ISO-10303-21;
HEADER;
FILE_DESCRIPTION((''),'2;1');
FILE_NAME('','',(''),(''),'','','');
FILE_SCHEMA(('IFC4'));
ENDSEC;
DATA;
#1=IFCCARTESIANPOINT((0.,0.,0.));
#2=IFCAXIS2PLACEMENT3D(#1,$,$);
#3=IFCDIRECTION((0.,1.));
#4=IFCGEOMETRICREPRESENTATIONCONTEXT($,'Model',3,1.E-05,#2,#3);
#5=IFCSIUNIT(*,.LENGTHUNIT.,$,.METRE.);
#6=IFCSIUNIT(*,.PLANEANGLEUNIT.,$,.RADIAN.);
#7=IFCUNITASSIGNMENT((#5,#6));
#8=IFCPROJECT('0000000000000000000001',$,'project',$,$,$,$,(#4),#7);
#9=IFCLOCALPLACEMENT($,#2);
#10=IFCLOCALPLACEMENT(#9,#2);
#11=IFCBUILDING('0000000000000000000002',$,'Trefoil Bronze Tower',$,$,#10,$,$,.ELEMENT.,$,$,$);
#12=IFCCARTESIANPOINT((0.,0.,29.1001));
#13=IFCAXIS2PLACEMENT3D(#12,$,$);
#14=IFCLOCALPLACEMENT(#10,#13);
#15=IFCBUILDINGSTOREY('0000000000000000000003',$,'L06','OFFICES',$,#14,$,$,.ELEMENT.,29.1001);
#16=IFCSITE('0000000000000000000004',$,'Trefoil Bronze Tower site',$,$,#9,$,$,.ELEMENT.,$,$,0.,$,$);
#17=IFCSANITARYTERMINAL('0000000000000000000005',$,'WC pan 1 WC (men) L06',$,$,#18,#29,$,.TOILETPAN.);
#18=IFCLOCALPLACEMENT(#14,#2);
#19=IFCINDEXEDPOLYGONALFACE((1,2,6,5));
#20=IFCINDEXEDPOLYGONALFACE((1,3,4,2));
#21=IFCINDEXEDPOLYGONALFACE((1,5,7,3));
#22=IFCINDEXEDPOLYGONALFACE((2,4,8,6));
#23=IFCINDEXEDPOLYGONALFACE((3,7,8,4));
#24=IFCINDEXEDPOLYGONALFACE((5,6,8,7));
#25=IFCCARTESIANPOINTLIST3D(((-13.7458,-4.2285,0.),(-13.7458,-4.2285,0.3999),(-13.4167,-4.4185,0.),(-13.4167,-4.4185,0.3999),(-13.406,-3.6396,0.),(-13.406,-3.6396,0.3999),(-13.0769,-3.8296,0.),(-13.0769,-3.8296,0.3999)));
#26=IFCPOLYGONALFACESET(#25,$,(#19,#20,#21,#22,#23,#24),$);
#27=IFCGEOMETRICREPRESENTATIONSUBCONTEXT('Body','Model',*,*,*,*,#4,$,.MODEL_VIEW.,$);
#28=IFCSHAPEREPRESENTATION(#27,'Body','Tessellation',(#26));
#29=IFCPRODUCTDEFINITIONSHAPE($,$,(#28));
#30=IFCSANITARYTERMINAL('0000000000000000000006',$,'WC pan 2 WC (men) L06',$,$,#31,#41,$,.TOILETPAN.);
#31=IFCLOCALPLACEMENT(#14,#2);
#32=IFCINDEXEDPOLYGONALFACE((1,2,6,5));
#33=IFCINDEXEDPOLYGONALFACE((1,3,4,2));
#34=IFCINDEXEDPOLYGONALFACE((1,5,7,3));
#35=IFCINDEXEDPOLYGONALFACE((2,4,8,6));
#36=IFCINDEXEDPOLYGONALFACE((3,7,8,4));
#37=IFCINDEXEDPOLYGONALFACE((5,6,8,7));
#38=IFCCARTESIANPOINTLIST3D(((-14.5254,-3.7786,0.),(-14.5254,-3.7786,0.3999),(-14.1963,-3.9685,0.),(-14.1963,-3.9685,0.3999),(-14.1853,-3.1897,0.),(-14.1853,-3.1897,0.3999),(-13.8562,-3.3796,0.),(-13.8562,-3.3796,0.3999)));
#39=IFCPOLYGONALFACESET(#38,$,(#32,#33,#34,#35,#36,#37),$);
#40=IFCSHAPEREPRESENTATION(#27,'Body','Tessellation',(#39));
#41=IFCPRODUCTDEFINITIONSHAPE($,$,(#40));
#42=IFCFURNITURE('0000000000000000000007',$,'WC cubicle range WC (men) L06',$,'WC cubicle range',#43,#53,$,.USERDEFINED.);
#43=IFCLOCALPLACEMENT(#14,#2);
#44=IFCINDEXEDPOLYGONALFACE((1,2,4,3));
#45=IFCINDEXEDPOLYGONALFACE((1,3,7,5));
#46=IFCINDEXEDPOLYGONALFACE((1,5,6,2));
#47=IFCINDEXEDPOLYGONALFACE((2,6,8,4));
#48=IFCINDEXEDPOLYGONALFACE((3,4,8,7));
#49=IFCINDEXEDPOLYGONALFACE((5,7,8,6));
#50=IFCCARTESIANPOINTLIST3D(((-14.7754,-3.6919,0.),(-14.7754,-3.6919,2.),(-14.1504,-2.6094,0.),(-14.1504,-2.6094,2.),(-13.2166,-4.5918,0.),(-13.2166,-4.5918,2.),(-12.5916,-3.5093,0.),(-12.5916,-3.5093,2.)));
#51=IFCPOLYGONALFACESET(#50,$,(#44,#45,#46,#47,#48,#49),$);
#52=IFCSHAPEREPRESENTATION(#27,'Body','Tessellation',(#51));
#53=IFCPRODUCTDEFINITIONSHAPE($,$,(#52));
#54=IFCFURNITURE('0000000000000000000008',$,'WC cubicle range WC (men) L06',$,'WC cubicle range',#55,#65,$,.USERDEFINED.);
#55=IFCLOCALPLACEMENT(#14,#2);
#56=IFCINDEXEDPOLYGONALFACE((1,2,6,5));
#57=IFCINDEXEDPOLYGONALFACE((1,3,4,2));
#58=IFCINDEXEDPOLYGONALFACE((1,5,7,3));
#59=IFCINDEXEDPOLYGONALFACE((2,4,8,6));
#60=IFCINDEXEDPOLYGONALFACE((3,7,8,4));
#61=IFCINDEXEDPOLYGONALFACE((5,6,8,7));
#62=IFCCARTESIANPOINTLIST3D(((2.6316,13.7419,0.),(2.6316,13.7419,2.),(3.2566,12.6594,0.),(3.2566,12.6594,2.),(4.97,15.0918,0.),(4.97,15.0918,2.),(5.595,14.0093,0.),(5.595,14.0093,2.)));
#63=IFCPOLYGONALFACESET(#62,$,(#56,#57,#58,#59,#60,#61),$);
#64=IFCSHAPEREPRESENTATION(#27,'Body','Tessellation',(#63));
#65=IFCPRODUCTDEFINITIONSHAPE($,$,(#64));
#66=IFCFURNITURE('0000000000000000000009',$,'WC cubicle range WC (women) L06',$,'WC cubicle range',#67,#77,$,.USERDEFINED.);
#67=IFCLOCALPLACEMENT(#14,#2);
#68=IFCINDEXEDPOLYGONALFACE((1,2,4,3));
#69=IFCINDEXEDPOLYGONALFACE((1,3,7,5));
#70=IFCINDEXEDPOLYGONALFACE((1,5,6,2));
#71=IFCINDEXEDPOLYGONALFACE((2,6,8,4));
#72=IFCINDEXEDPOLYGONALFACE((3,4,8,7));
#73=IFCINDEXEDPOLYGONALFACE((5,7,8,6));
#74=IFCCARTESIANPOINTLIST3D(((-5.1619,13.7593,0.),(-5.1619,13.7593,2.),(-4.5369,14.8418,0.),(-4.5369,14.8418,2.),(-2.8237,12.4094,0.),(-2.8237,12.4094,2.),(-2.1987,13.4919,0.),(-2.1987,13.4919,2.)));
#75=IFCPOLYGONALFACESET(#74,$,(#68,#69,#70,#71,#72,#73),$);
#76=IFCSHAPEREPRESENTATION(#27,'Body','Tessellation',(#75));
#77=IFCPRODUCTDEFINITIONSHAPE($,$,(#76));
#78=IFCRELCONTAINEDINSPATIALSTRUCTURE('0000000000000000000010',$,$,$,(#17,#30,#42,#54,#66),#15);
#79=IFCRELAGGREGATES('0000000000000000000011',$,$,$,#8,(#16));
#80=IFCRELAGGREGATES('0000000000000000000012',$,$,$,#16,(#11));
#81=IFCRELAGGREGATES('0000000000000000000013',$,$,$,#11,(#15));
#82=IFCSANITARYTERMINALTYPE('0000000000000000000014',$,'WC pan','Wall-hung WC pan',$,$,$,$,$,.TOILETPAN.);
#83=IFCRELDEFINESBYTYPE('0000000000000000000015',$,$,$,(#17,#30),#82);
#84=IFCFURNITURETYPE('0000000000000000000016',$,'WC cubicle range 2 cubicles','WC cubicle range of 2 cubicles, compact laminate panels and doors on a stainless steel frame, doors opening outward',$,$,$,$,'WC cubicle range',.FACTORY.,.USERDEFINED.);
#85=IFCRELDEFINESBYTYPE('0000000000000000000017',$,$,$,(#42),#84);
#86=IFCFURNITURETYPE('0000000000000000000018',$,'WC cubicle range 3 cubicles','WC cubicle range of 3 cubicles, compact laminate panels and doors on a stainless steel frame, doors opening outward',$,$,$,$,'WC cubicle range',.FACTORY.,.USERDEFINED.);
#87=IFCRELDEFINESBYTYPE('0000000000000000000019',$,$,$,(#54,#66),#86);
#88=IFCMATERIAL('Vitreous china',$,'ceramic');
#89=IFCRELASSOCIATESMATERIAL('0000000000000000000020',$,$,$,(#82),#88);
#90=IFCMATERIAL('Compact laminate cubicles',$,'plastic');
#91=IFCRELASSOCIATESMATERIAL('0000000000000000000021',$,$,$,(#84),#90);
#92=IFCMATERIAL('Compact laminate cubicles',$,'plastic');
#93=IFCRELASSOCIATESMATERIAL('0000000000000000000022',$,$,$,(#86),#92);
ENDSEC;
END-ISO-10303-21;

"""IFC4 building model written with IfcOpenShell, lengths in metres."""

from ifc_helpers import new_model, si_unit, direction, frame, origin, place, context, subcontext, project, spatial, polyline, outline, extrude, material, type_object, element, save


model = new_model("IFC4")

# Units and contexts
model_context = context("Model", 3, precision=1e-05, world=origin(), true_north=direction((0.0, 1.0)))
body_context = subcontext(model_context, "Body", "Model", "MODEL_VIEW")
ifc_project = project(units=[si_unit("LENGTHUNIT", "METRE"), si_unit("PLANEANGLEUNIT", "RADIAN")], contexts=[model_context])

# Site, building, storey
site_placement = place(None, origin())
site = spatial("IfcSite", under=ifc_project, at=site_placement, Name="Trefoil Bronze Tower site", CompositionType="ELEMENT", RefElevation=0.0)
building_placement = place(site_placement, origin())
building = spatial("IfcBuilding", under=site, at=building_placement, Name="Trefoil Bronze Tower", CompositionType="ELEMENT")
storey_placement = place(building_placement, frame((0.0, 0.0, 29.1001)))
storey = spatial("IfcBuildingStorey", under=building, at=storey_placement, Name="L06", Description="OFFICES", CompositionType="ELEMENT", Elevation=29.1001)

# Sanitary terminals
ifc_material_1 = material(Name="Vitreous china", Category="ceramic")
sanitary_terminal_type_1 = type_object("IfcSanitaryTerminalType", Name="WC pan", Description="Wall-hung WC pan", PredefinedType="TOILETPAN", material=ifc_material_1)
sanitary_terminal_1_placement = place(storey_placement, origin())
element("IfcSanitaryTerminal", 1, at=sanitary_terminal_1_placement, inside=storey, type_object=sanitary_terminal_type_1, Name="WC pan 1 WC (men) L06", PredefinedType="TOILETPAN", context=body_context, shape_type="SweptSolid", body=[
    extrude(outline(polyline([(-13.0769, -3.8296), (-13.4167, -4.4185), (-13.7458, -4.2285), (-13.406, -3.6396), (-13.0769, -3.8296)])), origin(), (0.0, 0.0, 1.0), 0.3999),
])
sanitary_terminal_2_placement = place(storey_placement, origin())
element("IfcSanitaryTerminal", 2, at=sanitary_terminal_2_placement, inside=storey, type_object=sanitary_terminal_type_1, Name="WC pan 2 WC (men) L06", PredefinedType="TOILETPAN", context=body_context, shape_type="SweptSolid", body=[
    extrude(outline(polyline([(-13.8562, -3.3796), (-14.1963, -3.9685), (-14.5254, -3.7786), (-14.1853, -3.1897), (-13.8562, -3.3796)])), origin(), (0.0, 0.0, 1.0), 0.3999),
])

# Furniture
ifc_material_2 = material(Name="Compact laminate cubicles", Category="plastic")
furniture_type_1 = type_object("IfcFurnitureType", Name="WC cubicle range 2 cubicles", Description="WC cubicle range of 2 cubicles, compact laminate panels and doors on a stainless steel frame, doors opening outward", ElementType="WC cubicle range", AssemblyPlace="FACTORY", PredefinedType="USERDEFINED", material=ifc_material_2)
furniture_1_placement = place(storey_placement, origin())
element("IfcFurniture", 3, at=furniture_1_placement, inside=storey, type_object=furniture_type_1, Name="WC cubicle range WC (men) L06", ObjectType="WC cubicle range", PredefinedType="USERDEFINED", context=body_context, shape_type="SweptSolid", body=[
    extrude(outline(polyline([(-12.5916, -3.5093), (-13.2166, -4.5918), (-14.7754, -3.6919), (-14.1504, -2.6094), (-12.5916, -3.5093)])), origin(), (0.0, 0.0, 1.0), 2.0),
])
ifc_material_3 = material(Name="Compact laminate cubicles", Category="plastic")
furniture_type_2 = type_object("IfcFurnitureType", Name="WC cubicle range 3 cubicles", Description="WC cubicle range of 3 cubicles, compact laminate panels and doors on a stainless steel frame, doors opening outward", ElementType="WC cubicle range", AssemblyPlace="FACTORY", PredefinedType="USERDEFINED", material=ifc_material_3)
furniture_2_placement = place(storey_placement, origin())
element("IfcFurniture", 4, at=furniture_2_placement, inside=storey, type_object=furniture_type_2, Name="WC cubicle range WC (men) L06", ObjectType="WC cubicle range", PredefinedType="USERDEFINED", context=body_context, shape_type="SweptSolid", body=[
    extrude(outline(polyline([(3.2566, 12.6594), (2.6316, 13.7419), (4.97, 15.0918), (5.595, 14.0093), (3.2566, 12.6594)])), origin(), (0.0, 0.0, 1.0), 2.0),
])
furniture_3_placement = place(storey_placement, origin())
element("IfcFurniture", 5, at=furniture_3_placement, inside=storey, type_object=furniture_type_2, Name="WC cubicle range WC (women) L06", ObjectType="WC cubicle range", PredefinedType="USERDEFINED", context=body_context, shape_type="SweptSolid", body=[
    extrude(outline(polyline([(-2.8237, 12.4094), (-2.1987, 13.4919), (-4.5369, 14.8418), (-5.1619, 13.7593), (-2.8237, 12.4094)])), origin(), (0.0, 0.0, 1.0), 2.0),
])

save(model, "model.ifc")
